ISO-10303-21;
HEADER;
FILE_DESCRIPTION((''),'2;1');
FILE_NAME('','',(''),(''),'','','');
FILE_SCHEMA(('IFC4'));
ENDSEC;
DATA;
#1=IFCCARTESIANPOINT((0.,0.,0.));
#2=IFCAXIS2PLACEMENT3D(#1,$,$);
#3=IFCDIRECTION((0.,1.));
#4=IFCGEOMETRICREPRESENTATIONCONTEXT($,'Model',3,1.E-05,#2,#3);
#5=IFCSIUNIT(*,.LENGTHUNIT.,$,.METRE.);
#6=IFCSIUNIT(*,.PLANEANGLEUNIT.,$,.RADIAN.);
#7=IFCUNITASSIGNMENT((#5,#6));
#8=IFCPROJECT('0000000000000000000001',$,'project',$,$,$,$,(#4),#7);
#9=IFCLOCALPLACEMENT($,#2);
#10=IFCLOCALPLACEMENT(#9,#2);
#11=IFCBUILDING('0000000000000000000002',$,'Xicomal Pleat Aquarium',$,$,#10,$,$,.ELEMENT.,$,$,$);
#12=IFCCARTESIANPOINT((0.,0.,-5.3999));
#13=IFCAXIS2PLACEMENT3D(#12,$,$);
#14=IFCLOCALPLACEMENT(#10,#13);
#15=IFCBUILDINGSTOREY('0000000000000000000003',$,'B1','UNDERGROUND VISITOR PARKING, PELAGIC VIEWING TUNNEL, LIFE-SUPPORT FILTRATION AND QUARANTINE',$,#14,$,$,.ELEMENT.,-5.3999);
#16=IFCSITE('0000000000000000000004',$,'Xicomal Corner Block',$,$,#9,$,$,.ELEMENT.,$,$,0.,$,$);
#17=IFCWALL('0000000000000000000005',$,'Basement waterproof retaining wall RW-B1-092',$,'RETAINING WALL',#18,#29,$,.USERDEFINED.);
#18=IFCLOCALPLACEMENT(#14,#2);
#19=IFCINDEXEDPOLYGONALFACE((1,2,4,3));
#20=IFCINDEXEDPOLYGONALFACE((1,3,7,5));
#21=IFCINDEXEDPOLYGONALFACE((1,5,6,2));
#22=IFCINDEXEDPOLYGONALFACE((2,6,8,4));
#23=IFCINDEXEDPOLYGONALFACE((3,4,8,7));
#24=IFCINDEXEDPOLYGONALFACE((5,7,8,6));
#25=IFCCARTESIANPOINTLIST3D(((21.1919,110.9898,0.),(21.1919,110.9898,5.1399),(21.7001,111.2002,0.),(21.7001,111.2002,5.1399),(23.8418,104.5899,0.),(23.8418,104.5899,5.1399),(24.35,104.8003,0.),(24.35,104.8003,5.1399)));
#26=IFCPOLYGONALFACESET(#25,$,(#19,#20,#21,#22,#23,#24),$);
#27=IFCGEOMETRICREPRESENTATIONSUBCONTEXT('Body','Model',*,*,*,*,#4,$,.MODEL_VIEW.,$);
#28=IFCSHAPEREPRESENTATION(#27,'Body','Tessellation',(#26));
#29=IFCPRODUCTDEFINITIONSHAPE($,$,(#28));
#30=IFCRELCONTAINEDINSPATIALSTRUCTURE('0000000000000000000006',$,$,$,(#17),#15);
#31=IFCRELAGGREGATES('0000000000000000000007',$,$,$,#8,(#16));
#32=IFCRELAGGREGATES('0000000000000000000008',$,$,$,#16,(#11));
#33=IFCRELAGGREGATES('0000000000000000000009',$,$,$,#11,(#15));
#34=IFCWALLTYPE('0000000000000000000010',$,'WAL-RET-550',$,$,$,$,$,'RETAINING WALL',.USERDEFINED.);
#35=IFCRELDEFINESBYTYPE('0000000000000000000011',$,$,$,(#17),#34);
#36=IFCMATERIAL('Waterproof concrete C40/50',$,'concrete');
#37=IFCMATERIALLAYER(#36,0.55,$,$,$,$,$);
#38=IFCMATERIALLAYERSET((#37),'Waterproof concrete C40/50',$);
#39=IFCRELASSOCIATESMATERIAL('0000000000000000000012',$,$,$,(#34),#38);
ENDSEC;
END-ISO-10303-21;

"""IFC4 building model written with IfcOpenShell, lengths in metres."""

from ifc_helpers import new_model, si_unit, direction, frame, frame_2d, origin, place, context, subcontext, project, spatial, rectangle, extrude, material, layer, layer_set, type_object, element, save


model = new_model("IFC4")

# Units and contexts
model_context = context("Model", 3, precision=1e-05, world=origin(), true_north=direction((0.0, 1.0)))
body_context = subcontext(model_context, "Body", "Model", "MODEL_VIEW")
ifc_project = project(units=[si_unit("LENGTHUNIT", "METRE"), si_unit("PLANEANGLEUNIT", "RADIAN")], contexts=[model_context])

# Site, building, storey
site_placement = place(None, origin())
site = spatial("IfcSite", under=ifc_project, at=site_placement, Name="Xicomal Corner Block", CompositionType="ELEMENT", RefElevation=0.0)
building_placement = place(site_placement, origin())
building = spatial("IfcBuilding", under=site, at=building_placement, Name="Xicomal Pleat Aquarium", CompositionType="ELEMENT")
storey_placement = place(building_placement, frame((0.0, 0.0, -5.3999)))
storey = spatial("IfcBuildingStorey", under=building, at=storey_placement, Name="B1", Description="UNDERGROUND VISITOR PARKING, PELAGIC VIEWING TUNNEL, LIFE-SUPPORT FILTRATION AND QUARANTINE", CompositionType="ELEMENT", Elevation=-5.3999)

# Wall
ifc_material_1 = material(Name="Waterproof concrete C40/50", Category="concrete")
ifc_layer_1 = layer(ifc_material_1, 0.55)
ifc_layer_set_1 = layer_set([ifc_layer_1], Name="Waterproof concrete C40/50")
wall_type_1 = type_object("IfcWallType", Name="WAL-RET-550", ElementType="RETAINING WALL", PredefinedType="USERDEFINED", material=ifc_layer_set_1)
wall_1_placement = place(storey_placement, frame((21.446, 111.095, 0.0), z_axis=(0.0, 0.0, 1.0), x_axis=(0.382557, -0.923932, 0.0)))
element("IfcWall", 1, at=wall_1_placement, inside=storey, type_object=wall_type_1, Name="Basement waterproof retaining wall RW-B1-092", ObjectType="RETAINING WALL", PredefinedType="USERDEFINED", context=body_context, shape_type="SweptSolid", body=[
    extrude(rectangle(XDim=6.9268, YDim=0.55, at=frame_2d((3.4634, 0.0))), origin(), (0.0, 0.0, 1.0), 5.1399),
])

save(model, "model.ifc")
